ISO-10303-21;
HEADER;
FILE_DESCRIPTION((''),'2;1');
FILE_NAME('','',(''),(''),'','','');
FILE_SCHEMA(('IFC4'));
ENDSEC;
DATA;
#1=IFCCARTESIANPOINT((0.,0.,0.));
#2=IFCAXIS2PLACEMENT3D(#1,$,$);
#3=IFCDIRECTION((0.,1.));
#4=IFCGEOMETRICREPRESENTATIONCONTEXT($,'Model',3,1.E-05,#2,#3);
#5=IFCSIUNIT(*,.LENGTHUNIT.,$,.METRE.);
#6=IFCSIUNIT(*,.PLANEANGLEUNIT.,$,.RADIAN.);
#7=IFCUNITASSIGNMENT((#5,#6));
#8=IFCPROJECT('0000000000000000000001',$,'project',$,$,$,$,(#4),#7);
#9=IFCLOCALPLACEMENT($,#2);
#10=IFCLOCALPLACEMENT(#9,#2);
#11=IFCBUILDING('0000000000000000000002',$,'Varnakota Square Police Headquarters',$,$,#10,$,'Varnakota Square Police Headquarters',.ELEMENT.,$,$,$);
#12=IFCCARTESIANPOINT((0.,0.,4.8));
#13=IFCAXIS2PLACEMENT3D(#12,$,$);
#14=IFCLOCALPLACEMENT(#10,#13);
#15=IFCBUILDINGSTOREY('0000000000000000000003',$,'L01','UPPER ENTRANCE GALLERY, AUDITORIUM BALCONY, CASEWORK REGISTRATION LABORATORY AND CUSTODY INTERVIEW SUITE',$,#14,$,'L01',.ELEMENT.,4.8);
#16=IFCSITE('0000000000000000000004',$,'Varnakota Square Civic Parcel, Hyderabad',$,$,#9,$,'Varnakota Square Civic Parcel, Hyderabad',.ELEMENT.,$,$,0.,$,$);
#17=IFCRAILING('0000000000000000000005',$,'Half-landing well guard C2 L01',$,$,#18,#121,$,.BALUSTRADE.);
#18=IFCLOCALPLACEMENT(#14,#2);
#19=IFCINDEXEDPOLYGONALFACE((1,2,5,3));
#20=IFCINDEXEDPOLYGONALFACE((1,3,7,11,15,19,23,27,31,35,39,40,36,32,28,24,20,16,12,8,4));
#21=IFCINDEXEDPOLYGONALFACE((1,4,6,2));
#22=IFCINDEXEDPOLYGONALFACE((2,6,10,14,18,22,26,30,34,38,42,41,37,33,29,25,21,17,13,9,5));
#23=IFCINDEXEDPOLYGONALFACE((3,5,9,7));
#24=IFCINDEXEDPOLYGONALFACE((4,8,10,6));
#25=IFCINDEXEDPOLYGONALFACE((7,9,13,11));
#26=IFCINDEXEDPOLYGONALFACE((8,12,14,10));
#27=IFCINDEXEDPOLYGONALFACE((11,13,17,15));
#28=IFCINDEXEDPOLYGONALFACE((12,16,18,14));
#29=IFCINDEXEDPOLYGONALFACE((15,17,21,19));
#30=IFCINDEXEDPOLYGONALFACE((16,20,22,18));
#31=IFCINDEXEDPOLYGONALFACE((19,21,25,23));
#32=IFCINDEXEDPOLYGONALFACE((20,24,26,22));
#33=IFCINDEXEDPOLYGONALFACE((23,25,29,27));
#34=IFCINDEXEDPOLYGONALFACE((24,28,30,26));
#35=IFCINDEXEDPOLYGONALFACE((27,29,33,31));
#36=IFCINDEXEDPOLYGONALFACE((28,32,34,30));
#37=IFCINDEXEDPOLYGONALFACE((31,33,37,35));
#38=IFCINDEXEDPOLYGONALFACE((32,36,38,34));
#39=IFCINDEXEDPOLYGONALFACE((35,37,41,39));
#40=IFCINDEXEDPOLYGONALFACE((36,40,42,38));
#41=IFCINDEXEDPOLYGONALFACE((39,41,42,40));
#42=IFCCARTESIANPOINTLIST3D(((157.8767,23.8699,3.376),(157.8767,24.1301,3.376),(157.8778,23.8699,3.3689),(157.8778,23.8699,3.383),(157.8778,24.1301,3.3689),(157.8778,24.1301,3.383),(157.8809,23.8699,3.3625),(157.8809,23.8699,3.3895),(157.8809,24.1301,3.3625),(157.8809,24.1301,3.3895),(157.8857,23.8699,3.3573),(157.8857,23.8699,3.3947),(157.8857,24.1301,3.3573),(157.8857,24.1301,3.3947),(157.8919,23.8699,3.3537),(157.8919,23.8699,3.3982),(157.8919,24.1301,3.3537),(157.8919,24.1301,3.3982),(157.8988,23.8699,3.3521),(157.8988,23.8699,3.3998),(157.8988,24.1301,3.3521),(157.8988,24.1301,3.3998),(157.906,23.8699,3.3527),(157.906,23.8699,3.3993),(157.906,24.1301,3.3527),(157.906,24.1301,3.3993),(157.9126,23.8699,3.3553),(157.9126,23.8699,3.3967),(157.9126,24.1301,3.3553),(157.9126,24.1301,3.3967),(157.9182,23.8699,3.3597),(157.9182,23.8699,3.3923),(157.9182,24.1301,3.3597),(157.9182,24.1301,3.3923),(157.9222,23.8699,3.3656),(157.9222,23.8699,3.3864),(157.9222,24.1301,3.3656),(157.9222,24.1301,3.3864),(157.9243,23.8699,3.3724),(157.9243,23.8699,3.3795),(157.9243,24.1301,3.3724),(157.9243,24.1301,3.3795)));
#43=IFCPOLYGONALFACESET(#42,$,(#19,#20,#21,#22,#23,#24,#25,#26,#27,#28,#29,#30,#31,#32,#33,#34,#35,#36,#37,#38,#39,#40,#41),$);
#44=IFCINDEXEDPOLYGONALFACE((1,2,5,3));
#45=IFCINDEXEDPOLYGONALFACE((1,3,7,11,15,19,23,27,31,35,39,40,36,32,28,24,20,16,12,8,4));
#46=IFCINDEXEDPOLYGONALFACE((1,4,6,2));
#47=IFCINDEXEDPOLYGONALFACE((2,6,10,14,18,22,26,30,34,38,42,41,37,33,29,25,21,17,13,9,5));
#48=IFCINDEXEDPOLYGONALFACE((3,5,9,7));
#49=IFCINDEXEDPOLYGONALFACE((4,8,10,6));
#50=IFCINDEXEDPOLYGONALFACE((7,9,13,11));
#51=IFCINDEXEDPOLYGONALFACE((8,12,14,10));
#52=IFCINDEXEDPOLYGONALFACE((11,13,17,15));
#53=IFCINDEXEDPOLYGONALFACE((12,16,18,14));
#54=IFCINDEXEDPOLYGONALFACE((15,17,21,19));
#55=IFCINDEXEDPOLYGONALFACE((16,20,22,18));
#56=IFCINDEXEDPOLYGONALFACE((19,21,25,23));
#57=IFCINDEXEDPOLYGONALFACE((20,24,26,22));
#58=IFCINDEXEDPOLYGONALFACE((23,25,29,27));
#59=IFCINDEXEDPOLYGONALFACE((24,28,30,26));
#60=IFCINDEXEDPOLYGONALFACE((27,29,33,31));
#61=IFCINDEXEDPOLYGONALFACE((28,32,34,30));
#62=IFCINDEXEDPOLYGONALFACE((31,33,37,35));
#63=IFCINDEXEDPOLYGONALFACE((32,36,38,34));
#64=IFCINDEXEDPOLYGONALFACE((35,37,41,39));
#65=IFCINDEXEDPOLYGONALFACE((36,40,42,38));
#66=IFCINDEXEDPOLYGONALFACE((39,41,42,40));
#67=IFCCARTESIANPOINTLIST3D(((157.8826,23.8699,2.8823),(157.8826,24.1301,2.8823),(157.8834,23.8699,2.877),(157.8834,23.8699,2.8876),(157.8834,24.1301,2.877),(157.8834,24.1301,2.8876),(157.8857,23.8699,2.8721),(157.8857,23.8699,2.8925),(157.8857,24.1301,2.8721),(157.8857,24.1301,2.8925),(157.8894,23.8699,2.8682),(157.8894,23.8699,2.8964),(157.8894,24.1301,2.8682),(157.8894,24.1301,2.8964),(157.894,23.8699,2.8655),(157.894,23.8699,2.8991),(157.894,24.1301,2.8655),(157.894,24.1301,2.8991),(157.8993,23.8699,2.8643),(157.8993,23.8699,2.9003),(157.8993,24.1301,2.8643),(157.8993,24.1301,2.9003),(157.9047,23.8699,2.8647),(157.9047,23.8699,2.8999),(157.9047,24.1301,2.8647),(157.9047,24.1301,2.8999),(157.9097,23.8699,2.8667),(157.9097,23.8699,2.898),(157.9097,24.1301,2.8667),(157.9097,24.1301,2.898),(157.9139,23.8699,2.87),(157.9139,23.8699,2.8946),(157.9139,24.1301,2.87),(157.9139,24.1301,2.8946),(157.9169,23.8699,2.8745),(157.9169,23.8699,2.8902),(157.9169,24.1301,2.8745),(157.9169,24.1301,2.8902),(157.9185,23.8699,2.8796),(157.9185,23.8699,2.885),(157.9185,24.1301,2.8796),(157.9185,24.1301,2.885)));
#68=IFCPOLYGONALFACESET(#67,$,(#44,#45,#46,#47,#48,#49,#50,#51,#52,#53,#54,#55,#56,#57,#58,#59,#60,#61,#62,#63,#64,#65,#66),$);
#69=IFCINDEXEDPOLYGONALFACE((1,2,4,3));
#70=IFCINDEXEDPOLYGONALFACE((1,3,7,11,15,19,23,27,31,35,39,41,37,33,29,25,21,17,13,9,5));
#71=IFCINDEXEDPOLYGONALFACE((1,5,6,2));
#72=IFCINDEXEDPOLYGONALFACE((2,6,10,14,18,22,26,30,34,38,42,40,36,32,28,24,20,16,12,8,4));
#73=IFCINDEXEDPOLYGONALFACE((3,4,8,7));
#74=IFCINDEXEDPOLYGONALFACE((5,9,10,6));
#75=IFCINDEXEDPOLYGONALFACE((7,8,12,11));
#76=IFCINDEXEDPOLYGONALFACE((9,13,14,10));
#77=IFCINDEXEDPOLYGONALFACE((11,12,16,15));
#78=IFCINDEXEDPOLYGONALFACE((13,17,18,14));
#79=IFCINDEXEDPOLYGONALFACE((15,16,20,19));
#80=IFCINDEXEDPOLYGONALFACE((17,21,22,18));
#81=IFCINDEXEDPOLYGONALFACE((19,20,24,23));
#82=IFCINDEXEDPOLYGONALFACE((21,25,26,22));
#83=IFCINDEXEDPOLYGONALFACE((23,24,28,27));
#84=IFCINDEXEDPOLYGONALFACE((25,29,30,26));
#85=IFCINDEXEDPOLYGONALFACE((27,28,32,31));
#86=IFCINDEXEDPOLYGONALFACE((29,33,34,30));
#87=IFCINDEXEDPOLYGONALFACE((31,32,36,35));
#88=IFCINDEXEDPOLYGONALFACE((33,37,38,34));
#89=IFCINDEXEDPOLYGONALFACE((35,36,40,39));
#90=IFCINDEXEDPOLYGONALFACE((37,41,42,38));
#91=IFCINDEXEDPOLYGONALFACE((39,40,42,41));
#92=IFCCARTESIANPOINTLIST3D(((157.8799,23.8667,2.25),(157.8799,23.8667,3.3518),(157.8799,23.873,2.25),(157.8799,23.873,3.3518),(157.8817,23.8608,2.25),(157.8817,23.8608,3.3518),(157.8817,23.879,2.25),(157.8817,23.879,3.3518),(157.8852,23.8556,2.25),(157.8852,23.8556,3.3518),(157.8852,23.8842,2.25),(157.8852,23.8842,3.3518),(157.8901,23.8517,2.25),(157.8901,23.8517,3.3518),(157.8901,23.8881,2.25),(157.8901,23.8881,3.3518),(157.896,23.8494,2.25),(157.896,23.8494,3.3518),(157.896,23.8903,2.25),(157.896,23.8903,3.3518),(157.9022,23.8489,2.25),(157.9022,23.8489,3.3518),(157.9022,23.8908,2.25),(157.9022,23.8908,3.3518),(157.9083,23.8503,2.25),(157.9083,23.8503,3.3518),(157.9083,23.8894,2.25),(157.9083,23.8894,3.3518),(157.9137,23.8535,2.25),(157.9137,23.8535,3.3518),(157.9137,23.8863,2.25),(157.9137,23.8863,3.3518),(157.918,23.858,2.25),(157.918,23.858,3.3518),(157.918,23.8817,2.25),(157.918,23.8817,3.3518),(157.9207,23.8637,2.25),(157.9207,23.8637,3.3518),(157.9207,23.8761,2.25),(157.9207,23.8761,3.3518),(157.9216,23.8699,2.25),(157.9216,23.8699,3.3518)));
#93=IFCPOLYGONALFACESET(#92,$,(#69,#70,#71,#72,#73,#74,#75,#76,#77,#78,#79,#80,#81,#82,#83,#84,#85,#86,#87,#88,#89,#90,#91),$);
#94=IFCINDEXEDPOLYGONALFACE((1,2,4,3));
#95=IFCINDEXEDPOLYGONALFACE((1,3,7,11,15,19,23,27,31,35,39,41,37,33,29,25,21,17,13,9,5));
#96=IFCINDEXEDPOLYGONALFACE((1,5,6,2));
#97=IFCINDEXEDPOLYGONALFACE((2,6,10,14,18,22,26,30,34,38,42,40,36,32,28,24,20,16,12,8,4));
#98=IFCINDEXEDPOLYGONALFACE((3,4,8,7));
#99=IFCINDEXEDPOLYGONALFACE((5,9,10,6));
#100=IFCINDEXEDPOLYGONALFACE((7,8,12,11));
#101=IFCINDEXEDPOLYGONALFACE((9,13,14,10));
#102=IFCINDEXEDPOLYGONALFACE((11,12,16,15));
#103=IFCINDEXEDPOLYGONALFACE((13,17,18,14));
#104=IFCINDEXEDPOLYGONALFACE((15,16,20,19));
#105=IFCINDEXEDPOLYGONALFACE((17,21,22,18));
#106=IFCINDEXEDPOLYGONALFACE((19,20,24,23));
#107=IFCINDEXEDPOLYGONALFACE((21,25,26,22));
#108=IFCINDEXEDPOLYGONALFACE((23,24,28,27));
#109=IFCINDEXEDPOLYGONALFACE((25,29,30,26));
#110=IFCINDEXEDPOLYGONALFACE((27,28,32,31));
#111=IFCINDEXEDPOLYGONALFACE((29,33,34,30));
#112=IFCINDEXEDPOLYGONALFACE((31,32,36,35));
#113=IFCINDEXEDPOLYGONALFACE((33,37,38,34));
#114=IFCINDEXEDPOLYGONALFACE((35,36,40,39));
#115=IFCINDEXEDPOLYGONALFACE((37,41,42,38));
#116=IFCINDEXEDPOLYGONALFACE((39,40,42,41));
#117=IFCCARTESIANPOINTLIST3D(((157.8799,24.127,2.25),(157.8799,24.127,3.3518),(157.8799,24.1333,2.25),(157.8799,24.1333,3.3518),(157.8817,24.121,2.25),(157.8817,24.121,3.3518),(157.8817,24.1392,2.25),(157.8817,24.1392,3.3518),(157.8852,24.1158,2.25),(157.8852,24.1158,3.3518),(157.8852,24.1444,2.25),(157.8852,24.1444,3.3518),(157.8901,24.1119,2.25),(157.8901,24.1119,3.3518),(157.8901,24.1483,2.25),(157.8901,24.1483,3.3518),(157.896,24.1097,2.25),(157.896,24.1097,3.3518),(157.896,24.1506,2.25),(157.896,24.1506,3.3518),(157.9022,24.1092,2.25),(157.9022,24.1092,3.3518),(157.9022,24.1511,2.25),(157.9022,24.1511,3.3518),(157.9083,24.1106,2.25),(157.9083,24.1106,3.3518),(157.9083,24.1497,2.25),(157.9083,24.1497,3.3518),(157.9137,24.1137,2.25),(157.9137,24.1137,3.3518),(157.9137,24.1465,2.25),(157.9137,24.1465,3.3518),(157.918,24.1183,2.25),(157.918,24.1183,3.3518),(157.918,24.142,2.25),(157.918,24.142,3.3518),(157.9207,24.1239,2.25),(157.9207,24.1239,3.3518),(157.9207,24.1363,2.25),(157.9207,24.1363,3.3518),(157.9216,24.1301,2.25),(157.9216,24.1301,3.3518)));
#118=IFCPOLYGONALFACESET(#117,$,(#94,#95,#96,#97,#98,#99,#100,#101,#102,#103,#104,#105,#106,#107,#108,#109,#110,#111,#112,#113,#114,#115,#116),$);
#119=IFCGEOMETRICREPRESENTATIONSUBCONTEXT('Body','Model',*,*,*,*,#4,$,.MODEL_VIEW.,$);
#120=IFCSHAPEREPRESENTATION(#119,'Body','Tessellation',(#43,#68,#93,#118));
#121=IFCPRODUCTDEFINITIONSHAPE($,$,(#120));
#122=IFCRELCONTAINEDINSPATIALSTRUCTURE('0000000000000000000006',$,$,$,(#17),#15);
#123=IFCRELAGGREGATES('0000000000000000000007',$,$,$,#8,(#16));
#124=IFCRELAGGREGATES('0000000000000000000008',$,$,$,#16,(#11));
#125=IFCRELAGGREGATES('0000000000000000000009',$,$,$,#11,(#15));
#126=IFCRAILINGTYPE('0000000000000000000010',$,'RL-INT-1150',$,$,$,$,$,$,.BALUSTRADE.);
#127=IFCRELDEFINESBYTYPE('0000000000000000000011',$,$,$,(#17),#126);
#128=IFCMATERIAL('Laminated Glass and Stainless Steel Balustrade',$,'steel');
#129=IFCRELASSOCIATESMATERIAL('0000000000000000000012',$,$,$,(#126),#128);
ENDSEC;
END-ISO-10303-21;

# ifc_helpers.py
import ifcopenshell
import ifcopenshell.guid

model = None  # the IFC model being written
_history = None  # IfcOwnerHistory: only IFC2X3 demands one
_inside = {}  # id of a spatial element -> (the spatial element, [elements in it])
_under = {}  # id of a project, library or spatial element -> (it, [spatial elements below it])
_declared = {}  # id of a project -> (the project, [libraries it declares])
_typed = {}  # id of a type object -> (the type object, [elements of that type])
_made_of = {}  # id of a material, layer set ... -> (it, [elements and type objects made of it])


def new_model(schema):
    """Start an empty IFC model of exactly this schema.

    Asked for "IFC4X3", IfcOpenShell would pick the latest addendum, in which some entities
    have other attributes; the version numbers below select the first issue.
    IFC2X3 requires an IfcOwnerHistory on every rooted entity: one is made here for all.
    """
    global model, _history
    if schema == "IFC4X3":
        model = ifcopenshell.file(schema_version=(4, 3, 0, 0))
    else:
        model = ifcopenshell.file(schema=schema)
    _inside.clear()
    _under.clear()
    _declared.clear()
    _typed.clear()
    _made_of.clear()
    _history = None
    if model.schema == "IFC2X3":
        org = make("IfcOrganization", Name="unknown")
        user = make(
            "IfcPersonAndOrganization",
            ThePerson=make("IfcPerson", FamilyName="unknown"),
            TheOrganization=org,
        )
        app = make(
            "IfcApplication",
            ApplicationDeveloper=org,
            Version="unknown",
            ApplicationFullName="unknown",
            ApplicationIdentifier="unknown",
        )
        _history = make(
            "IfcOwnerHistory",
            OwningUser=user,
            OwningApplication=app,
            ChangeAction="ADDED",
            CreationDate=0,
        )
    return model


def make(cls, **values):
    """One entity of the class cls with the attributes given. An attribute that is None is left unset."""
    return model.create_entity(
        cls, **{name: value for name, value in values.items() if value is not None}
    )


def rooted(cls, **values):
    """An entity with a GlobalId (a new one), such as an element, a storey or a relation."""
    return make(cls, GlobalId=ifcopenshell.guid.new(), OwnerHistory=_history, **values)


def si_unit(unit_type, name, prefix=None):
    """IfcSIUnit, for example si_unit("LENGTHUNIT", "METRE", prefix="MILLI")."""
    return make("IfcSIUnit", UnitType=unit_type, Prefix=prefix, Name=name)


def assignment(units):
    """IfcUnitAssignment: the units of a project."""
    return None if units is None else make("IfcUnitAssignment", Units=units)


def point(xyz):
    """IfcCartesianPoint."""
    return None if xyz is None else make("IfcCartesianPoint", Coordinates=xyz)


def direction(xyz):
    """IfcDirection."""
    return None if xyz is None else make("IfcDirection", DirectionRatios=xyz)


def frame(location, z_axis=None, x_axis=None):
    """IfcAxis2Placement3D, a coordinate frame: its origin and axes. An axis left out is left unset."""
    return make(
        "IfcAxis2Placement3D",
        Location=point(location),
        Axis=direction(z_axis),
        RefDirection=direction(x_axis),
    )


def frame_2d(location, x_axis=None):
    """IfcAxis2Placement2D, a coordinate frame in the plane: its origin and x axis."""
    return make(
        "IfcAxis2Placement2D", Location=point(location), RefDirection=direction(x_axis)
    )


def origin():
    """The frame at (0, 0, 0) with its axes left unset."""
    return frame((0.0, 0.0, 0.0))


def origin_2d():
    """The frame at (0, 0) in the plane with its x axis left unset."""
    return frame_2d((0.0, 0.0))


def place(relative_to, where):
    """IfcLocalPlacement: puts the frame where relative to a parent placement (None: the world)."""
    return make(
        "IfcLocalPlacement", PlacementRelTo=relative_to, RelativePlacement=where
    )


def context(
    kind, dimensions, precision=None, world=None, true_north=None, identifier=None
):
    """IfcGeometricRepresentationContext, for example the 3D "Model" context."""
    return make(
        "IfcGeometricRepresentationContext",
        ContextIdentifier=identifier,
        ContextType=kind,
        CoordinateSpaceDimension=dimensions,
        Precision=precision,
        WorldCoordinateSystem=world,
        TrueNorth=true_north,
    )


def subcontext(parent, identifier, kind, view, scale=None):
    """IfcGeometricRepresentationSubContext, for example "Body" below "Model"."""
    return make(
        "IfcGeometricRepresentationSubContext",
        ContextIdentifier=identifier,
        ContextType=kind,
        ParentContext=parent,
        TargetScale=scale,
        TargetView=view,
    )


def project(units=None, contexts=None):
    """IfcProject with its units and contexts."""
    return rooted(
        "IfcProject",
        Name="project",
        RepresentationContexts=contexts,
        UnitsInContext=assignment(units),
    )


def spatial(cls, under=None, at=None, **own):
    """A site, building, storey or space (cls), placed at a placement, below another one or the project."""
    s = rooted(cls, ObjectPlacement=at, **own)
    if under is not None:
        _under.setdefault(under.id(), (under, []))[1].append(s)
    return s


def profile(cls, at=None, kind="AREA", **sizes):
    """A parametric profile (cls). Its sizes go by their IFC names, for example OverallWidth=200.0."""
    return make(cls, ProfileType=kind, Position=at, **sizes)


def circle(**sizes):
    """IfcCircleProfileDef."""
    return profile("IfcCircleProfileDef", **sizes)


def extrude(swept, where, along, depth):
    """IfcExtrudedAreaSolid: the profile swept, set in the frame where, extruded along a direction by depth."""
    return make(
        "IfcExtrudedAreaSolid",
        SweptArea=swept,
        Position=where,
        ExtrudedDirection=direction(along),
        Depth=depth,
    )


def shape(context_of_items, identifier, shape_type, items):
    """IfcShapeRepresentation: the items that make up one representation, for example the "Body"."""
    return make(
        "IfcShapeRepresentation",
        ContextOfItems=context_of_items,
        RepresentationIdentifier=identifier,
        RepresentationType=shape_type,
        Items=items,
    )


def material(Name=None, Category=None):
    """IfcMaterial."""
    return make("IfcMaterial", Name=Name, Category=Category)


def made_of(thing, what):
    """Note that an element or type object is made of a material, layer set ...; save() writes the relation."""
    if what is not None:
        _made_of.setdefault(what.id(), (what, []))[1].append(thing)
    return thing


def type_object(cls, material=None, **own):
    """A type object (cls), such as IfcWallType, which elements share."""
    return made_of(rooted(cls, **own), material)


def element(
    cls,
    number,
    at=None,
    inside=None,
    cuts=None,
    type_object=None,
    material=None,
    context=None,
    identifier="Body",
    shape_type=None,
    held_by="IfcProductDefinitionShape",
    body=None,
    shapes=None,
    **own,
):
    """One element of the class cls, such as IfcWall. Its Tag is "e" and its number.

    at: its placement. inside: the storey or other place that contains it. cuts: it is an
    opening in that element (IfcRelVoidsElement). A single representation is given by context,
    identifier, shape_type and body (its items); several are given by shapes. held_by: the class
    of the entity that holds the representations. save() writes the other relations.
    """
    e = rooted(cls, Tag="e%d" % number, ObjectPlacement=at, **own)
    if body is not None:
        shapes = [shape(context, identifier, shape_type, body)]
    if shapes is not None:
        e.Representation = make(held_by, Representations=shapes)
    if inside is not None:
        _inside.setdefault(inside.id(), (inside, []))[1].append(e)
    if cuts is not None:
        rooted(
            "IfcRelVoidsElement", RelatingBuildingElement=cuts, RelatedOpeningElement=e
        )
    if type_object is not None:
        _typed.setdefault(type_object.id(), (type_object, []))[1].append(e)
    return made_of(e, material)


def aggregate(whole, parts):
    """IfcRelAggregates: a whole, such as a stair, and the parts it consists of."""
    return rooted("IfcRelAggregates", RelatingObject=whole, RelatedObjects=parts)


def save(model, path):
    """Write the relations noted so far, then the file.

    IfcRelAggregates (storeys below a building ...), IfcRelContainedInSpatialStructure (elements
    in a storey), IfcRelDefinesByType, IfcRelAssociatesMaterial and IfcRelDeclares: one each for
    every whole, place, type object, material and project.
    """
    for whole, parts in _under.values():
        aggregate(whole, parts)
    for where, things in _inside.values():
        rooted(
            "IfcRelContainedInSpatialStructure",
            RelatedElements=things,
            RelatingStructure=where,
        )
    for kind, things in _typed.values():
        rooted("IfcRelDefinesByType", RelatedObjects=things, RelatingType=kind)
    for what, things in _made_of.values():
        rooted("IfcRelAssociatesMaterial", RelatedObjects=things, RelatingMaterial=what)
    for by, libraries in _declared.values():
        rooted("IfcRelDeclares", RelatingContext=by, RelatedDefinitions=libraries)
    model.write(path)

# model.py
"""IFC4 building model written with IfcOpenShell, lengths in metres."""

from ifc_helpers import new_model, si_unit, direction, frame, origin, origin_2d, place, context, subcontext, project, spatial, circle, extrude, material, type_object, element, save


model = new_model("IFC4")

# Units and contexts
model_context = context("Model", 3, precision=1e-05, world=origin(), true_north=direction((0.0, 1.0)))
body_context = subcontext(model_context, "Body", "Model", "MODEL_VIEW")
ifc_project = project(units=[si_unit("LENGTHUNIT", "METRE"), si_unit("PLANEANGLEUNIT", "RADIAN")], contexts=[model_context])

# Site, building, storey
site_placement = place(None, origin())
site = spatial("IfcSite", under=ifc_project, at=site_placement, Name="Varnakota Square Civic Parcel, Hyderabad", LongName="Varnakota Square Civic Parcel, Hyderabad", CompositionType="ELEMENT", RefElevation=0.0)
building_placement = place(site_placement, origin())
building = spatial("IfcBuilding", under=site, at=building_placement, Name="Varnakota Square Police Headquarters", LongName="Varnakota Square Police Headquarters", CompositionType="ELEMENT")
storey_placement = place(building_placement, frame((0.0, 0.0, 4.8)))
storey = spatial("IfcBuildingStorey", under=building, at=storey_placement, Name="L01", Description="UPPER ENTRANCE GALLERY, AUDITORIUM BALCONY, CASEWORK REGISTRATION LABORATORY AND CUSTODY INTERVIEW SUITE", LongName="L01", CompositionType="ELEMENT", Elevation=4.8)

# Railing
ifc_material_1 = material(Name="Laminated Glass and Stainless Steel Balustrade", Category="steel")
railing_type_1 = type_object("IfcRailingType", Name="RL-INT-1150", PredefinedType="BALUSTRADE", material=ifc_material_1)
railing_1_placement = place(storey_placement, frame((157.9006, 23.8699, 2.25)))
element("IfcRailing", 1, at=railing_1_placement, inside=storey, type_object=railing_type_1, Name="Half-landing well guard C2 L01", PredefinedType="BALUSTRADE", context=body_context, shape_type="SweptSolid", body=[
    extrude(circle(Radius=0.0239, at=origin_2d()), frame((0.0, 0.0, 1.126), z_axis=(0.0, 1.0, 0.0), x_axis=(-1.0, 0.0, 0.0)), (0.0, 0.0, 1.0), 0.2603),
    extrude(circle(Radius=0.0181, at=origin_2d()), frame((0.0, 0.0, 0.6323), z_axis=(0.0, 1.0, 0.0), x_axis=(-1.0, 0.0, 0.0)), (0.0, 0.0, 1.0), 0.2603),
    extrude(circle(Radius=0.021, at=origin_2d()), origin(), (0.0, 0.0, 1.0), 1.1018),
    extrude(circle(Radius=0.021, at=origin_2d()), frame((0.0, 0.2603, 0.0)), (0.0, 0.0, 1.0), 1.1018),
])

save(model, "model.ifc")
